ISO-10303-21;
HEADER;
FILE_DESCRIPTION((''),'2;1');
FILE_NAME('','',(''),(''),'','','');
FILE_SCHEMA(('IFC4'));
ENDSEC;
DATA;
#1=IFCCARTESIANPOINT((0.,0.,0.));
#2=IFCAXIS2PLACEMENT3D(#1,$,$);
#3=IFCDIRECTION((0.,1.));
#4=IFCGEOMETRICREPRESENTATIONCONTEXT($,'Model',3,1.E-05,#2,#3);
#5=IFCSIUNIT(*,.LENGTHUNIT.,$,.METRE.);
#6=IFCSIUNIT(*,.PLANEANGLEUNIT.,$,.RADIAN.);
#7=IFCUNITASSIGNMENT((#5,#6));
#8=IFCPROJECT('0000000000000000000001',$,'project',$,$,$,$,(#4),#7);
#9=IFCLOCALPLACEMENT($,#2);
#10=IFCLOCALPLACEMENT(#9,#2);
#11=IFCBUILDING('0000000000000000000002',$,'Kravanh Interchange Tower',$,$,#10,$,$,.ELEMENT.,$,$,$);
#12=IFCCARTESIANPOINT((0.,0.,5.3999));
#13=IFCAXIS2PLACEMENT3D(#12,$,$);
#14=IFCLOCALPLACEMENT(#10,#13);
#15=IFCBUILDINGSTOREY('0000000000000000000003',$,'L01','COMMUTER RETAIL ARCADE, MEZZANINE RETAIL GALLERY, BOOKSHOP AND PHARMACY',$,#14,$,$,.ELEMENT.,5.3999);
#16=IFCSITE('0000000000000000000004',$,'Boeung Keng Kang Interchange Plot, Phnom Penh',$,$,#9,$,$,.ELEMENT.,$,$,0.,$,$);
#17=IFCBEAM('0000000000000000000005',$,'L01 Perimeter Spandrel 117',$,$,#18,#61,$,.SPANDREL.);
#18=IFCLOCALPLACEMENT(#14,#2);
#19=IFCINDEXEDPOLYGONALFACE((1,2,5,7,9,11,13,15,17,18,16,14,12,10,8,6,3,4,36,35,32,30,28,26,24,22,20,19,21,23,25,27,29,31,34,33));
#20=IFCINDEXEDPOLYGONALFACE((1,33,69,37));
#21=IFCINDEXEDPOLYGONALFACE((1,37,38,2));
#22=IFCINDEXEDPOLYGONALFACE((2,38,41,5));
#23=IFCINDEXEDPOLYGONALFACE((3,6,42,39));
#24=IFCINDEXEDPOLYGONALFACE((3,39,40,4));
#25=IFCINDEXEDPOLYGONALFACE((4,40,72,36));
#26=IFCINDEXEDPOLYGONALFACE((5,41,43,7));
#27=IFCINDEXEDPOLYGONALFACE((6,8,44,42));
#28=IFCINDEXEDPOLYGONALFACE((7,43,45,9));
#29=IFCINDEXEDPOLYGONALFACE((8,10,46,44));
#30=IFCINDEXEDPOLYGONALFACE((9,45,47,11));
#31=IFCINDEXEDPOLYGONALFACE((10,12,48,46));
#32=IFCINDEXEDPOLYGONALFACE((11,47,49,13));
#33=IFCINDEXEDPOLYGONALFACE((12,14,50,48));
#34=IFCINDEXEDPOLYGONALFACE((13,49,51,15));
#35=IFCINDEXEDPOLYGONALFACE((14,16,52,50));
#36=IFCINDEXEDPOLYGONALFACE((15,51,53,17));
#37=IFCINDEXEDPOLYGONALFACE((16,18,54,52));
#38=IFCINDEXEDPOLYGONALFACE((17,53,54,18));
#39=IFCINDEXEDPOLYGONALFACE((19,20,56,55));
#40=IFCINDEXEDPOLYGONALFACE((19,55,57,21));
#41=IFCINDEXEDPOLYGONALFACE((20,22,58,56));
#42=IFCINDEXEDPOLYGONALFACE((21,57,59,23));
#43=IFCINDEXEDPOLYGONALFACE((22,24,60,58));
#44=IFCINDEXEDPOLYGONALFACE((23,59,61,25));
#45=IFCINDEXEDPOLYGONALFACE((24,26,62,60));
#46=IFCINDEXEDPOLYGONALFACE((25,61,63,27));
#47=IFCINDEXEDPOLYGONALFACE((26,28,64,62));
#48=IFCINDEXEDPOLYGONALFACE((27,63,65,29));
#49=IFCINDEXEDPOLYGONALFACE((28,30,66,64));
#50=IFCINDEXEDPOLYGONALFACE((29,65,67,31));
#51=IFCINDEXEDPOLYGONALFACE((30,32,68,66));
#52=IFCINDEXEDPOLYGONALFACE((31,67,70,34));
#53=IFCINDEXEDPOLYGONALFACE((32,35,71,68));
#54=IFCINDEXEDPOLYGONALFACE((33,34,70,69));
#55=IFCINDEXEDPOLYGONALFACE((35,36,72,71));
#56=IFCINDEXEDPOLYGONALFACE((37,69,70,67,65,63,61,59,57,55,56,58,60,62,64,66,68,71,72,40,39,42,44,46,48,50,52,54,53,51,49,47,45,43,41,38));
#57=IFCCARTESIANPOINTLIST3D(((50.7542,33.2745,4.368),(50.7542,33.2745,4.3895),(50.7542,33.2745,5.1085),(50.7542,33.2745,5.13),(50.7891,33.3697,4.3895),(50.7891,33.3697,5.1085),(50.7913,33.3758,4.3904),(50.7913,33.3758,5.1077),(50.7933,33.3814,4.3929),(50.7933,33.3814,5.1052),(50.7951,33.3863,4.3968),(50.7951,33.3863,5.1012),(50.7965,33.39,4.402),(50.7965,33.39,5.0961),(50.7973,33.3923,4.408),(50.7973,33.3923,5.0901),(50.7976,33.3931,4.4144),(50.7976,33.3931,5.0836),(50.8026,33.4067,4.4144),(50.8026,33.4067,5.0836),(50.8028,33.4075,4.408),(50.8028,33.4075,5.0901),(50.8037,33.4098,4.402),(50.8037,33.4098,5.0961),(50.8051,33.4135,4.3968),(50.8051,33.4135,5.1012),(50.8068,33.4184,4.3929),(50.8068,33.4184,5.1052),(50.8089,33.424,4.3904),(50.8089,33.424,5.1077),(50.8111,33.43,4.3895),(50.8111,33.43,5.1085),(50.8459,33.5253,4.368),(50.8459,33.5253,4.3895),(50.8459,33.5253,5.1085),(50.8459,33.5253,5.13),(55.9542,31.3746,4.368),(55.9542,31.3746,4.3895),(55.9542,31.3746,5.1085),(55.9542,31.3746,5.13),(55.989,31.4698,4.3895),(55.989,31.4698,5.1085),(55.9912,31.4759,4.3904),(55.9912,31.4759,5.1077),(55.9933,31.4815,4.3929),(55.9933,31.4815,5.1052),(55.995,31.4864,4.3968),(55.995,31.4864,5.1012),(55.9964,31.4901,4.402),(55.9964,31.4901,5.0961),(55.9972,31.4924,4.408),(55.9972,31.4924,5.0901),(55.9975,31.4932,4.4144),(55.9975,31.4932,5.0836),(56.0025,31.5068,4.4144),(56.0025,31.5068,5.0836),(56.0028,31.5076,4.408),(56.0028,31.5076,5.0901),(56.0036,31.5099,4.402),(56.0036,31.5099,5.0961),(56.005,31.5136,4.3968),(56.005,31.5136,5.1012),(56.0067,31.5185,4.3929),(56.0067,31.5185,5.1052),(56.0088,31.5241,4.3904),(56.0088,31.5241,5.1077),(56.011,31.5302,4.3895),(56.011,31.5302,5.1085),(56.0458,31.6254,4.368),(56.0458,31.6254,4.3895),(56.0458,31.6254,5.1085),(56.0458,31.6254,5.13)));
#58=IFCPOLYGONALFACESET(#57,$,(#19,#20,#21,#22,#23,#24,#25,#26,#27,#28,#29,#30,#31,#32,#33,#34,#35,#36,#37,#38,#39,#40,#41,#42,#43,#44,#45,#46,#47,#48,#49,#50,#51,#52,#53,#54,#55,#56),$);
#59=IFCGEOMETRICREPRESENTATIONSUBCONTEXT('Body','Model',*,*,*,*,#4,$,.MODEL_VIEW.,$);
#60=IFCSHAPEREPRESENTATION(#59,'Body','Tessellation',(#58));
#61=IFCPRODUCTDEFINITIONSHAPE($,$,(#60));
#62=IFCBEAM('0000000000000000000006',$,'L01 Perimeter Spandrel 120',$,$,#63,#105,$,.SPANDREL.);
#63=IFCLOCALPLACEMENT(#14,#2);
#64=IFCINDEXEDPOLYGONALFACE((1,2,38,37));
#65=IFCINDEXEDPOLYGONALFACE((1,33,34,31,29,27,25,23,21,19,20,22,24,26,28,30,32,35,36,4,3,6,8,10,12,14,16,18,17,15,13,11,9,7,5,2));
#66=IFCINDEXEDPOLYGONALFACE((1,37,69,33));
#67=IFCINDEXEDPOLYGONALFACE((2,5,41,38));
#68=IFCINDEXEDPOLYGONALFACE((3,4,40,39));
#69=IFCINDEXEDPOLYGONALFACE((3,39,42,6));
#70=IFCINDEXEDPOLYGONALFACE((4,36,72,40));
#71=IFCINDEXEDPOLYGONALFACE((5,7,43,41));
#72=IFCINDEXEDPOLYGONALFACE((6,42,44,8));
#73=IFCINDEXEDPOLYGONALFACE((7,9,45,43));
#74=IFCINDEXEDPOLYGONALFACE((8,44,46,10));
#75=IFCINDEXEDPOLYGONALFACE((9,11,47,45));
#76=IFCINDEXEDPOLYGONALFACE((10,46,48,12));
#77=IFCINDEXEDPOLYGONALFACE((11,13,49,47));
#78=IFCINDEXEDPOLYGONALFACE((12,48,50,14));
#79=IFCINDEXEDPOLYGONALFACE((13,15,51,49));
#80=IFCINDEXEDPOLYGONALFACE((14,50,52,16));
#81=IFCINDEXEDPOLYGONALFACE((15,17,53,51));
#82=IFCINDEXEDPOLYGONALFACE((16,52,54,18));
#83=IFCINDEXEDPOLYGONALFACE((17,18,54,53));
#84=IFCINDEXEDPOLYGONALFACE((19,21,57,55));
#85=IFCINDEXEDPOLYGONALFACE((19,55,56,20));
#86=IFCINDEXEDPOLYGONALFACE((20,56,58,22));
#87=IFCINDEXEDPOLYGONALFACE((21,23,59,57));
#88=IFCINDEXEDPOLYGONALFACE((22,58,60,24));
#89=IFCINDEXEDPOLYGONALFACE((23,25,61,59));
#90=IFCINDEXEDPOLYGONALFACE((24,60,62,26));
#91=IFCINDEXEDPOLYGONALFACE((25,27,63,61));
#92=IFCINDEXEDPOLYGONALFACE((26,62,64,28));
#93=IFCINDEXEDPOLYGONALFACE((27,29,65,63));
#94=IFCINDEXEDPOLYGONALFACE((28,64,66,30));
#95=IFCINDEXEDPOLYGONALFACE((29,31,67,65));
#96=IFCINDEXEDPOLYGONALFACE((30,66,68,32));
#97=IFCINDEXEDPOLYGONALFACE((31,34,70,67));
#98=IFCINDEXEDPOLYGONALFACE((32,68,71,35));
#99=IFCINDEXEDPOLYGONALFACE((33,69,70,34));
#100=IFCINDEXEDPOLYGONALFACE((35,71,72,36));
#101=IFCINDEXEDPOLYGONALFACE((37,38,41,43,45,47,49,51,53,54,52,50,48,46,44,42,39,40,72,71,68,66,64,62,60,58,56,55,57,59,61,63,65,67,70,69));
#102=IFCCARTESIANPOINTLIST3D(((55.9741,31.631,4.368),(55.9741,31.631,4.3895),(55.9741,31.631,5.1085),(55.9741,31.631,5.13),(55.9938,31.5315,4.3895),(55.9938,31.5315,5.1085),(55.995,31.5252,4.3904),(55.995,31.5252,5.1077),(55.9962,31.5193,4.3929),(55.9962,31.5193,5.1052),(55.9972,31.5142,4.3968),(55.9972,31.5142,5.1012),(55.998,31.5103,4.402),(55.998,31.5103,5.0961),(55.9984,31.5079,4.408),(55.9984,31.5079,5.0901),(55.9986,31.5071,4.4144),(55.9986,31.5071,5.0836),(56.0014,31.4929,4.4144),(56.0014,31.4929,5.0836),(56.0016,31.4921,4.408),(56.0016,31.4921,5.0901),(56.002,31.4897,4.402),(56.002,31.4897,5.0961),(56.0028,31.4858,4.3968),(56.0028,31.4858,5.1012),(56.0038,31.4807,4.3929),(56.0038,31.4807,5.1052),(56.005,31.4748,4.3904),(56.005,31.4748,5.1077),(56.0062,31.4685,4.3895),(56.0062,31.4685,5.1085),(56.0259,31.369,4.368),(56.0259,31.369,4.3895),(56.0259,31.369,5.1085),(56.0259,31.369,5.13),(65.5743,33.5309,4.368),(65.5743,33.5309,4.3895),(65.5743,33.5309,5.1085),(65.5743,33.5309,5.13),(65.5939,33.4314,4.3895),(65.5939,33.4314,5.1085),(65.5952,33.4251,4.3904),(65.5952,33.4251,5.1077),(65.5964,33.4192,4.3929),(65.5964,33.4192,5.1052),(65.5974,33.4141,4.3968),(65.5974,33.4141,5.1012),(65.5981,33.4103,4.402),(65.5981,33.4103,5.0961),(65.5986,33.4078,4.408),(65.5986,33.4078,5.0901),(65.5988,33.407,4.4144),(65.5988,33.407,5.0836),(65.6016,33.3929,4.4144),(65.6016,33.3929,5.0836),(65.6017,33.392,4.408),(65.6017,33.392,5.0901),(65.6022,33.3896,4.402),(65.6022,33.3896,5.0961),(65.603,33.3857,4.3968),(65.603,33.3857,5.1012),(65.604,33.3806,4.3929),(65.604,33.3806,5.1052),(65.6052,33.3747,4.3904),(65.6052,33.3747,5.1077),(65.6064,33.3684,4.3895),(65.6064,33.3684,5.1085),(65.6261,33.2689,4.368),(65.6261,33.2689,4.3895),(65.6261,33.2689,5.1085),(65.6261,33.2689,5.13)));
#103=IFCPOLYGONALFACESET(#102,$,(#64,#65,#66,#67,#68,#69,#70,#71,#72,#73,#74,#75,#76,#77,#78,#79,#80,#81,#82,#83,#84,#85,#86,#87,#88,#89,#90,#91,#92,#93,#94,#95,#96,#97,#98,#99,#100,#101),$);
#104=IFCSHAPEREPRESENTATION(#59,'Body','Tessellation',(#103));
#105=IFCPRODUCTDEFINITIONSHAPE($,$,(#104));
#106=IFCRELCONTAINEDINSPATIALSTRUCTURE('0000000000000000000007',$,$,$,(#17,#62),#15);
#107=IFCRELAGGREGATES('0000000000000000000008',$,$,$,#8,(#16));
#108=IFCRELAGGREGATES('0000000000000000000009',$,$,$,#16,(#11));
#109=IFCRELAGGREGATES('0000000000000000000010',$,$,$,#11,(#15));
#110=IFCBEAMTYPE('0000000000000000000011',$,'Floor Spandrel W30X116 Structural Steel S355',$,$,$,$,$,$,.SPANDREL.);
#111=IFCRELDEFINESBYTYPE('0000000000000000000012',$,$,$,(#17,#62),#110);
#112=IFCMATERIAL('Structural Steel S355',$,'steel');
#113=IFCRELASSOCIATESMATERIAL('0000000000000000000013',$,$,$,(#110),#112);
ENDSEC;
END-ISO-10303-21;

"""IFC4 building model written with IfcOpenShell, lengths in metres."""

from ifc_helpers import new_model, si_unit, direction, frame, origin, origin_2d, place, context, subcontext, project, spatial, i_section, extrude, material, material_profile, profile_set, type_object, element, save


model = new_model("IFC4")

# Units and contexts
model_context = context("Model", 3, precision=1e-05, world=origin(), true_north=direction((0.0, 1.0)))
body_context = subcontext(model_context, "Body", "Model", "MODEL_VIEW")
ifc_project = project(units=[si_unit("LENGTHUNIT", "METRE"), si_unit("PLANEANGLEUNIT", "RADIAN")], contexts=[model_context])

# Site, building, storey
site_placement = place(None, origin())
site = spatial("IfcSite", under=ifc_project, at=site_placement, Name="Boeung Keng Kang Interchange Plot, Phnom Penh", CompositionType="ELEMENT", RefElevation=0.0)
building_placement = place(site_placement, origin())
building = spatial("IfcBuilding", under=site, at=building_placement, Name="Kravanh Interchange Tower", CompositionType="ELEMENT")
storey_placement = place(building_placement, frame((0.0, 0.0, 5.3999)))
storey = spatial("IfcBuildingStorey", under=building, at=storey_placement, Name="L01", Description="COMMUTER RETAIL ARCADE, MEZZANINE RETAIL GALLERY, BOOKSHOP AND PHARMACY", CompositionType="ELEMENT", Elevation=5.3999)

# Beams
ifc_material_1 = material(Name="Structural Steel S355", Category="steel")
ifc_material_profile_1 = material_profile(ifc_material_1, i_section(OverallWidth=0.2671, OverallDepth=0.762, WebThickness=0.0144, FlangeThickness=0.0215, FilletRadius=0.0249, at=origin_2d()), Name="W30X116")
ifc_profile_set_1 = profile_set([ifc_material_profile_1], Name="Structural Steel S355")
beam_type_1 = type_object("IfcBeamType", Name="Floor Spandrel W30X116 Structural Steel S355", PredefinedType="SPANDREL", material=ifc_profile_set_1)
beam_1_placement = place(storey_placement, frame((56.0, 31.5, 4.749), z_axis=(-0.93927, 0.34318, 0.0), x_axis=(-0.34318, -0.93927, 0.0)))
element("IfcBeam", 1, at=beam_1_placement, inside=storey, type_object=beam_type_1, Name="L01 Perimeter Spandrel 117", PredefinedType="SPANDREL", context=body_context, shape_type="SweptSolid", body=[
    extrude(i_section(OverallWidth=0.2671, OverallDepth=0.762, WebThickness=0.0144, FlangeThickness=0.0215, FilletRadius=0.0249, at=origin_2d()), origin(), (0.0, 0.0, 1.0), 5.5361),
])
beam_2_placement = place(storey_placement, frame((56.0, 31.5, 4.749), z_axis=(0.980974, 0.194139, 0.0), x_axis=(-0.194139, 0.980974, 0.0)))
element("IfcBeam", 2, at=beam_2_placement, inside=storey, type_object=beam_type_1, Name="L01 Perimeter Spandrel 120", PredefinedType="SPANDREL", context=body_context, shape_type="SweptSolid", body=[
    extrude(i_section(OverallWidth=0.2671, OverallDepth=0.762, WebThickness=0.0144, FlangeThickness=0.0215, FilletRadius=0.0249, at=origin_2d()), origin(), (0.0, 0.0, 1.0), 9.7864),
])

save(model, "model.ifc")
